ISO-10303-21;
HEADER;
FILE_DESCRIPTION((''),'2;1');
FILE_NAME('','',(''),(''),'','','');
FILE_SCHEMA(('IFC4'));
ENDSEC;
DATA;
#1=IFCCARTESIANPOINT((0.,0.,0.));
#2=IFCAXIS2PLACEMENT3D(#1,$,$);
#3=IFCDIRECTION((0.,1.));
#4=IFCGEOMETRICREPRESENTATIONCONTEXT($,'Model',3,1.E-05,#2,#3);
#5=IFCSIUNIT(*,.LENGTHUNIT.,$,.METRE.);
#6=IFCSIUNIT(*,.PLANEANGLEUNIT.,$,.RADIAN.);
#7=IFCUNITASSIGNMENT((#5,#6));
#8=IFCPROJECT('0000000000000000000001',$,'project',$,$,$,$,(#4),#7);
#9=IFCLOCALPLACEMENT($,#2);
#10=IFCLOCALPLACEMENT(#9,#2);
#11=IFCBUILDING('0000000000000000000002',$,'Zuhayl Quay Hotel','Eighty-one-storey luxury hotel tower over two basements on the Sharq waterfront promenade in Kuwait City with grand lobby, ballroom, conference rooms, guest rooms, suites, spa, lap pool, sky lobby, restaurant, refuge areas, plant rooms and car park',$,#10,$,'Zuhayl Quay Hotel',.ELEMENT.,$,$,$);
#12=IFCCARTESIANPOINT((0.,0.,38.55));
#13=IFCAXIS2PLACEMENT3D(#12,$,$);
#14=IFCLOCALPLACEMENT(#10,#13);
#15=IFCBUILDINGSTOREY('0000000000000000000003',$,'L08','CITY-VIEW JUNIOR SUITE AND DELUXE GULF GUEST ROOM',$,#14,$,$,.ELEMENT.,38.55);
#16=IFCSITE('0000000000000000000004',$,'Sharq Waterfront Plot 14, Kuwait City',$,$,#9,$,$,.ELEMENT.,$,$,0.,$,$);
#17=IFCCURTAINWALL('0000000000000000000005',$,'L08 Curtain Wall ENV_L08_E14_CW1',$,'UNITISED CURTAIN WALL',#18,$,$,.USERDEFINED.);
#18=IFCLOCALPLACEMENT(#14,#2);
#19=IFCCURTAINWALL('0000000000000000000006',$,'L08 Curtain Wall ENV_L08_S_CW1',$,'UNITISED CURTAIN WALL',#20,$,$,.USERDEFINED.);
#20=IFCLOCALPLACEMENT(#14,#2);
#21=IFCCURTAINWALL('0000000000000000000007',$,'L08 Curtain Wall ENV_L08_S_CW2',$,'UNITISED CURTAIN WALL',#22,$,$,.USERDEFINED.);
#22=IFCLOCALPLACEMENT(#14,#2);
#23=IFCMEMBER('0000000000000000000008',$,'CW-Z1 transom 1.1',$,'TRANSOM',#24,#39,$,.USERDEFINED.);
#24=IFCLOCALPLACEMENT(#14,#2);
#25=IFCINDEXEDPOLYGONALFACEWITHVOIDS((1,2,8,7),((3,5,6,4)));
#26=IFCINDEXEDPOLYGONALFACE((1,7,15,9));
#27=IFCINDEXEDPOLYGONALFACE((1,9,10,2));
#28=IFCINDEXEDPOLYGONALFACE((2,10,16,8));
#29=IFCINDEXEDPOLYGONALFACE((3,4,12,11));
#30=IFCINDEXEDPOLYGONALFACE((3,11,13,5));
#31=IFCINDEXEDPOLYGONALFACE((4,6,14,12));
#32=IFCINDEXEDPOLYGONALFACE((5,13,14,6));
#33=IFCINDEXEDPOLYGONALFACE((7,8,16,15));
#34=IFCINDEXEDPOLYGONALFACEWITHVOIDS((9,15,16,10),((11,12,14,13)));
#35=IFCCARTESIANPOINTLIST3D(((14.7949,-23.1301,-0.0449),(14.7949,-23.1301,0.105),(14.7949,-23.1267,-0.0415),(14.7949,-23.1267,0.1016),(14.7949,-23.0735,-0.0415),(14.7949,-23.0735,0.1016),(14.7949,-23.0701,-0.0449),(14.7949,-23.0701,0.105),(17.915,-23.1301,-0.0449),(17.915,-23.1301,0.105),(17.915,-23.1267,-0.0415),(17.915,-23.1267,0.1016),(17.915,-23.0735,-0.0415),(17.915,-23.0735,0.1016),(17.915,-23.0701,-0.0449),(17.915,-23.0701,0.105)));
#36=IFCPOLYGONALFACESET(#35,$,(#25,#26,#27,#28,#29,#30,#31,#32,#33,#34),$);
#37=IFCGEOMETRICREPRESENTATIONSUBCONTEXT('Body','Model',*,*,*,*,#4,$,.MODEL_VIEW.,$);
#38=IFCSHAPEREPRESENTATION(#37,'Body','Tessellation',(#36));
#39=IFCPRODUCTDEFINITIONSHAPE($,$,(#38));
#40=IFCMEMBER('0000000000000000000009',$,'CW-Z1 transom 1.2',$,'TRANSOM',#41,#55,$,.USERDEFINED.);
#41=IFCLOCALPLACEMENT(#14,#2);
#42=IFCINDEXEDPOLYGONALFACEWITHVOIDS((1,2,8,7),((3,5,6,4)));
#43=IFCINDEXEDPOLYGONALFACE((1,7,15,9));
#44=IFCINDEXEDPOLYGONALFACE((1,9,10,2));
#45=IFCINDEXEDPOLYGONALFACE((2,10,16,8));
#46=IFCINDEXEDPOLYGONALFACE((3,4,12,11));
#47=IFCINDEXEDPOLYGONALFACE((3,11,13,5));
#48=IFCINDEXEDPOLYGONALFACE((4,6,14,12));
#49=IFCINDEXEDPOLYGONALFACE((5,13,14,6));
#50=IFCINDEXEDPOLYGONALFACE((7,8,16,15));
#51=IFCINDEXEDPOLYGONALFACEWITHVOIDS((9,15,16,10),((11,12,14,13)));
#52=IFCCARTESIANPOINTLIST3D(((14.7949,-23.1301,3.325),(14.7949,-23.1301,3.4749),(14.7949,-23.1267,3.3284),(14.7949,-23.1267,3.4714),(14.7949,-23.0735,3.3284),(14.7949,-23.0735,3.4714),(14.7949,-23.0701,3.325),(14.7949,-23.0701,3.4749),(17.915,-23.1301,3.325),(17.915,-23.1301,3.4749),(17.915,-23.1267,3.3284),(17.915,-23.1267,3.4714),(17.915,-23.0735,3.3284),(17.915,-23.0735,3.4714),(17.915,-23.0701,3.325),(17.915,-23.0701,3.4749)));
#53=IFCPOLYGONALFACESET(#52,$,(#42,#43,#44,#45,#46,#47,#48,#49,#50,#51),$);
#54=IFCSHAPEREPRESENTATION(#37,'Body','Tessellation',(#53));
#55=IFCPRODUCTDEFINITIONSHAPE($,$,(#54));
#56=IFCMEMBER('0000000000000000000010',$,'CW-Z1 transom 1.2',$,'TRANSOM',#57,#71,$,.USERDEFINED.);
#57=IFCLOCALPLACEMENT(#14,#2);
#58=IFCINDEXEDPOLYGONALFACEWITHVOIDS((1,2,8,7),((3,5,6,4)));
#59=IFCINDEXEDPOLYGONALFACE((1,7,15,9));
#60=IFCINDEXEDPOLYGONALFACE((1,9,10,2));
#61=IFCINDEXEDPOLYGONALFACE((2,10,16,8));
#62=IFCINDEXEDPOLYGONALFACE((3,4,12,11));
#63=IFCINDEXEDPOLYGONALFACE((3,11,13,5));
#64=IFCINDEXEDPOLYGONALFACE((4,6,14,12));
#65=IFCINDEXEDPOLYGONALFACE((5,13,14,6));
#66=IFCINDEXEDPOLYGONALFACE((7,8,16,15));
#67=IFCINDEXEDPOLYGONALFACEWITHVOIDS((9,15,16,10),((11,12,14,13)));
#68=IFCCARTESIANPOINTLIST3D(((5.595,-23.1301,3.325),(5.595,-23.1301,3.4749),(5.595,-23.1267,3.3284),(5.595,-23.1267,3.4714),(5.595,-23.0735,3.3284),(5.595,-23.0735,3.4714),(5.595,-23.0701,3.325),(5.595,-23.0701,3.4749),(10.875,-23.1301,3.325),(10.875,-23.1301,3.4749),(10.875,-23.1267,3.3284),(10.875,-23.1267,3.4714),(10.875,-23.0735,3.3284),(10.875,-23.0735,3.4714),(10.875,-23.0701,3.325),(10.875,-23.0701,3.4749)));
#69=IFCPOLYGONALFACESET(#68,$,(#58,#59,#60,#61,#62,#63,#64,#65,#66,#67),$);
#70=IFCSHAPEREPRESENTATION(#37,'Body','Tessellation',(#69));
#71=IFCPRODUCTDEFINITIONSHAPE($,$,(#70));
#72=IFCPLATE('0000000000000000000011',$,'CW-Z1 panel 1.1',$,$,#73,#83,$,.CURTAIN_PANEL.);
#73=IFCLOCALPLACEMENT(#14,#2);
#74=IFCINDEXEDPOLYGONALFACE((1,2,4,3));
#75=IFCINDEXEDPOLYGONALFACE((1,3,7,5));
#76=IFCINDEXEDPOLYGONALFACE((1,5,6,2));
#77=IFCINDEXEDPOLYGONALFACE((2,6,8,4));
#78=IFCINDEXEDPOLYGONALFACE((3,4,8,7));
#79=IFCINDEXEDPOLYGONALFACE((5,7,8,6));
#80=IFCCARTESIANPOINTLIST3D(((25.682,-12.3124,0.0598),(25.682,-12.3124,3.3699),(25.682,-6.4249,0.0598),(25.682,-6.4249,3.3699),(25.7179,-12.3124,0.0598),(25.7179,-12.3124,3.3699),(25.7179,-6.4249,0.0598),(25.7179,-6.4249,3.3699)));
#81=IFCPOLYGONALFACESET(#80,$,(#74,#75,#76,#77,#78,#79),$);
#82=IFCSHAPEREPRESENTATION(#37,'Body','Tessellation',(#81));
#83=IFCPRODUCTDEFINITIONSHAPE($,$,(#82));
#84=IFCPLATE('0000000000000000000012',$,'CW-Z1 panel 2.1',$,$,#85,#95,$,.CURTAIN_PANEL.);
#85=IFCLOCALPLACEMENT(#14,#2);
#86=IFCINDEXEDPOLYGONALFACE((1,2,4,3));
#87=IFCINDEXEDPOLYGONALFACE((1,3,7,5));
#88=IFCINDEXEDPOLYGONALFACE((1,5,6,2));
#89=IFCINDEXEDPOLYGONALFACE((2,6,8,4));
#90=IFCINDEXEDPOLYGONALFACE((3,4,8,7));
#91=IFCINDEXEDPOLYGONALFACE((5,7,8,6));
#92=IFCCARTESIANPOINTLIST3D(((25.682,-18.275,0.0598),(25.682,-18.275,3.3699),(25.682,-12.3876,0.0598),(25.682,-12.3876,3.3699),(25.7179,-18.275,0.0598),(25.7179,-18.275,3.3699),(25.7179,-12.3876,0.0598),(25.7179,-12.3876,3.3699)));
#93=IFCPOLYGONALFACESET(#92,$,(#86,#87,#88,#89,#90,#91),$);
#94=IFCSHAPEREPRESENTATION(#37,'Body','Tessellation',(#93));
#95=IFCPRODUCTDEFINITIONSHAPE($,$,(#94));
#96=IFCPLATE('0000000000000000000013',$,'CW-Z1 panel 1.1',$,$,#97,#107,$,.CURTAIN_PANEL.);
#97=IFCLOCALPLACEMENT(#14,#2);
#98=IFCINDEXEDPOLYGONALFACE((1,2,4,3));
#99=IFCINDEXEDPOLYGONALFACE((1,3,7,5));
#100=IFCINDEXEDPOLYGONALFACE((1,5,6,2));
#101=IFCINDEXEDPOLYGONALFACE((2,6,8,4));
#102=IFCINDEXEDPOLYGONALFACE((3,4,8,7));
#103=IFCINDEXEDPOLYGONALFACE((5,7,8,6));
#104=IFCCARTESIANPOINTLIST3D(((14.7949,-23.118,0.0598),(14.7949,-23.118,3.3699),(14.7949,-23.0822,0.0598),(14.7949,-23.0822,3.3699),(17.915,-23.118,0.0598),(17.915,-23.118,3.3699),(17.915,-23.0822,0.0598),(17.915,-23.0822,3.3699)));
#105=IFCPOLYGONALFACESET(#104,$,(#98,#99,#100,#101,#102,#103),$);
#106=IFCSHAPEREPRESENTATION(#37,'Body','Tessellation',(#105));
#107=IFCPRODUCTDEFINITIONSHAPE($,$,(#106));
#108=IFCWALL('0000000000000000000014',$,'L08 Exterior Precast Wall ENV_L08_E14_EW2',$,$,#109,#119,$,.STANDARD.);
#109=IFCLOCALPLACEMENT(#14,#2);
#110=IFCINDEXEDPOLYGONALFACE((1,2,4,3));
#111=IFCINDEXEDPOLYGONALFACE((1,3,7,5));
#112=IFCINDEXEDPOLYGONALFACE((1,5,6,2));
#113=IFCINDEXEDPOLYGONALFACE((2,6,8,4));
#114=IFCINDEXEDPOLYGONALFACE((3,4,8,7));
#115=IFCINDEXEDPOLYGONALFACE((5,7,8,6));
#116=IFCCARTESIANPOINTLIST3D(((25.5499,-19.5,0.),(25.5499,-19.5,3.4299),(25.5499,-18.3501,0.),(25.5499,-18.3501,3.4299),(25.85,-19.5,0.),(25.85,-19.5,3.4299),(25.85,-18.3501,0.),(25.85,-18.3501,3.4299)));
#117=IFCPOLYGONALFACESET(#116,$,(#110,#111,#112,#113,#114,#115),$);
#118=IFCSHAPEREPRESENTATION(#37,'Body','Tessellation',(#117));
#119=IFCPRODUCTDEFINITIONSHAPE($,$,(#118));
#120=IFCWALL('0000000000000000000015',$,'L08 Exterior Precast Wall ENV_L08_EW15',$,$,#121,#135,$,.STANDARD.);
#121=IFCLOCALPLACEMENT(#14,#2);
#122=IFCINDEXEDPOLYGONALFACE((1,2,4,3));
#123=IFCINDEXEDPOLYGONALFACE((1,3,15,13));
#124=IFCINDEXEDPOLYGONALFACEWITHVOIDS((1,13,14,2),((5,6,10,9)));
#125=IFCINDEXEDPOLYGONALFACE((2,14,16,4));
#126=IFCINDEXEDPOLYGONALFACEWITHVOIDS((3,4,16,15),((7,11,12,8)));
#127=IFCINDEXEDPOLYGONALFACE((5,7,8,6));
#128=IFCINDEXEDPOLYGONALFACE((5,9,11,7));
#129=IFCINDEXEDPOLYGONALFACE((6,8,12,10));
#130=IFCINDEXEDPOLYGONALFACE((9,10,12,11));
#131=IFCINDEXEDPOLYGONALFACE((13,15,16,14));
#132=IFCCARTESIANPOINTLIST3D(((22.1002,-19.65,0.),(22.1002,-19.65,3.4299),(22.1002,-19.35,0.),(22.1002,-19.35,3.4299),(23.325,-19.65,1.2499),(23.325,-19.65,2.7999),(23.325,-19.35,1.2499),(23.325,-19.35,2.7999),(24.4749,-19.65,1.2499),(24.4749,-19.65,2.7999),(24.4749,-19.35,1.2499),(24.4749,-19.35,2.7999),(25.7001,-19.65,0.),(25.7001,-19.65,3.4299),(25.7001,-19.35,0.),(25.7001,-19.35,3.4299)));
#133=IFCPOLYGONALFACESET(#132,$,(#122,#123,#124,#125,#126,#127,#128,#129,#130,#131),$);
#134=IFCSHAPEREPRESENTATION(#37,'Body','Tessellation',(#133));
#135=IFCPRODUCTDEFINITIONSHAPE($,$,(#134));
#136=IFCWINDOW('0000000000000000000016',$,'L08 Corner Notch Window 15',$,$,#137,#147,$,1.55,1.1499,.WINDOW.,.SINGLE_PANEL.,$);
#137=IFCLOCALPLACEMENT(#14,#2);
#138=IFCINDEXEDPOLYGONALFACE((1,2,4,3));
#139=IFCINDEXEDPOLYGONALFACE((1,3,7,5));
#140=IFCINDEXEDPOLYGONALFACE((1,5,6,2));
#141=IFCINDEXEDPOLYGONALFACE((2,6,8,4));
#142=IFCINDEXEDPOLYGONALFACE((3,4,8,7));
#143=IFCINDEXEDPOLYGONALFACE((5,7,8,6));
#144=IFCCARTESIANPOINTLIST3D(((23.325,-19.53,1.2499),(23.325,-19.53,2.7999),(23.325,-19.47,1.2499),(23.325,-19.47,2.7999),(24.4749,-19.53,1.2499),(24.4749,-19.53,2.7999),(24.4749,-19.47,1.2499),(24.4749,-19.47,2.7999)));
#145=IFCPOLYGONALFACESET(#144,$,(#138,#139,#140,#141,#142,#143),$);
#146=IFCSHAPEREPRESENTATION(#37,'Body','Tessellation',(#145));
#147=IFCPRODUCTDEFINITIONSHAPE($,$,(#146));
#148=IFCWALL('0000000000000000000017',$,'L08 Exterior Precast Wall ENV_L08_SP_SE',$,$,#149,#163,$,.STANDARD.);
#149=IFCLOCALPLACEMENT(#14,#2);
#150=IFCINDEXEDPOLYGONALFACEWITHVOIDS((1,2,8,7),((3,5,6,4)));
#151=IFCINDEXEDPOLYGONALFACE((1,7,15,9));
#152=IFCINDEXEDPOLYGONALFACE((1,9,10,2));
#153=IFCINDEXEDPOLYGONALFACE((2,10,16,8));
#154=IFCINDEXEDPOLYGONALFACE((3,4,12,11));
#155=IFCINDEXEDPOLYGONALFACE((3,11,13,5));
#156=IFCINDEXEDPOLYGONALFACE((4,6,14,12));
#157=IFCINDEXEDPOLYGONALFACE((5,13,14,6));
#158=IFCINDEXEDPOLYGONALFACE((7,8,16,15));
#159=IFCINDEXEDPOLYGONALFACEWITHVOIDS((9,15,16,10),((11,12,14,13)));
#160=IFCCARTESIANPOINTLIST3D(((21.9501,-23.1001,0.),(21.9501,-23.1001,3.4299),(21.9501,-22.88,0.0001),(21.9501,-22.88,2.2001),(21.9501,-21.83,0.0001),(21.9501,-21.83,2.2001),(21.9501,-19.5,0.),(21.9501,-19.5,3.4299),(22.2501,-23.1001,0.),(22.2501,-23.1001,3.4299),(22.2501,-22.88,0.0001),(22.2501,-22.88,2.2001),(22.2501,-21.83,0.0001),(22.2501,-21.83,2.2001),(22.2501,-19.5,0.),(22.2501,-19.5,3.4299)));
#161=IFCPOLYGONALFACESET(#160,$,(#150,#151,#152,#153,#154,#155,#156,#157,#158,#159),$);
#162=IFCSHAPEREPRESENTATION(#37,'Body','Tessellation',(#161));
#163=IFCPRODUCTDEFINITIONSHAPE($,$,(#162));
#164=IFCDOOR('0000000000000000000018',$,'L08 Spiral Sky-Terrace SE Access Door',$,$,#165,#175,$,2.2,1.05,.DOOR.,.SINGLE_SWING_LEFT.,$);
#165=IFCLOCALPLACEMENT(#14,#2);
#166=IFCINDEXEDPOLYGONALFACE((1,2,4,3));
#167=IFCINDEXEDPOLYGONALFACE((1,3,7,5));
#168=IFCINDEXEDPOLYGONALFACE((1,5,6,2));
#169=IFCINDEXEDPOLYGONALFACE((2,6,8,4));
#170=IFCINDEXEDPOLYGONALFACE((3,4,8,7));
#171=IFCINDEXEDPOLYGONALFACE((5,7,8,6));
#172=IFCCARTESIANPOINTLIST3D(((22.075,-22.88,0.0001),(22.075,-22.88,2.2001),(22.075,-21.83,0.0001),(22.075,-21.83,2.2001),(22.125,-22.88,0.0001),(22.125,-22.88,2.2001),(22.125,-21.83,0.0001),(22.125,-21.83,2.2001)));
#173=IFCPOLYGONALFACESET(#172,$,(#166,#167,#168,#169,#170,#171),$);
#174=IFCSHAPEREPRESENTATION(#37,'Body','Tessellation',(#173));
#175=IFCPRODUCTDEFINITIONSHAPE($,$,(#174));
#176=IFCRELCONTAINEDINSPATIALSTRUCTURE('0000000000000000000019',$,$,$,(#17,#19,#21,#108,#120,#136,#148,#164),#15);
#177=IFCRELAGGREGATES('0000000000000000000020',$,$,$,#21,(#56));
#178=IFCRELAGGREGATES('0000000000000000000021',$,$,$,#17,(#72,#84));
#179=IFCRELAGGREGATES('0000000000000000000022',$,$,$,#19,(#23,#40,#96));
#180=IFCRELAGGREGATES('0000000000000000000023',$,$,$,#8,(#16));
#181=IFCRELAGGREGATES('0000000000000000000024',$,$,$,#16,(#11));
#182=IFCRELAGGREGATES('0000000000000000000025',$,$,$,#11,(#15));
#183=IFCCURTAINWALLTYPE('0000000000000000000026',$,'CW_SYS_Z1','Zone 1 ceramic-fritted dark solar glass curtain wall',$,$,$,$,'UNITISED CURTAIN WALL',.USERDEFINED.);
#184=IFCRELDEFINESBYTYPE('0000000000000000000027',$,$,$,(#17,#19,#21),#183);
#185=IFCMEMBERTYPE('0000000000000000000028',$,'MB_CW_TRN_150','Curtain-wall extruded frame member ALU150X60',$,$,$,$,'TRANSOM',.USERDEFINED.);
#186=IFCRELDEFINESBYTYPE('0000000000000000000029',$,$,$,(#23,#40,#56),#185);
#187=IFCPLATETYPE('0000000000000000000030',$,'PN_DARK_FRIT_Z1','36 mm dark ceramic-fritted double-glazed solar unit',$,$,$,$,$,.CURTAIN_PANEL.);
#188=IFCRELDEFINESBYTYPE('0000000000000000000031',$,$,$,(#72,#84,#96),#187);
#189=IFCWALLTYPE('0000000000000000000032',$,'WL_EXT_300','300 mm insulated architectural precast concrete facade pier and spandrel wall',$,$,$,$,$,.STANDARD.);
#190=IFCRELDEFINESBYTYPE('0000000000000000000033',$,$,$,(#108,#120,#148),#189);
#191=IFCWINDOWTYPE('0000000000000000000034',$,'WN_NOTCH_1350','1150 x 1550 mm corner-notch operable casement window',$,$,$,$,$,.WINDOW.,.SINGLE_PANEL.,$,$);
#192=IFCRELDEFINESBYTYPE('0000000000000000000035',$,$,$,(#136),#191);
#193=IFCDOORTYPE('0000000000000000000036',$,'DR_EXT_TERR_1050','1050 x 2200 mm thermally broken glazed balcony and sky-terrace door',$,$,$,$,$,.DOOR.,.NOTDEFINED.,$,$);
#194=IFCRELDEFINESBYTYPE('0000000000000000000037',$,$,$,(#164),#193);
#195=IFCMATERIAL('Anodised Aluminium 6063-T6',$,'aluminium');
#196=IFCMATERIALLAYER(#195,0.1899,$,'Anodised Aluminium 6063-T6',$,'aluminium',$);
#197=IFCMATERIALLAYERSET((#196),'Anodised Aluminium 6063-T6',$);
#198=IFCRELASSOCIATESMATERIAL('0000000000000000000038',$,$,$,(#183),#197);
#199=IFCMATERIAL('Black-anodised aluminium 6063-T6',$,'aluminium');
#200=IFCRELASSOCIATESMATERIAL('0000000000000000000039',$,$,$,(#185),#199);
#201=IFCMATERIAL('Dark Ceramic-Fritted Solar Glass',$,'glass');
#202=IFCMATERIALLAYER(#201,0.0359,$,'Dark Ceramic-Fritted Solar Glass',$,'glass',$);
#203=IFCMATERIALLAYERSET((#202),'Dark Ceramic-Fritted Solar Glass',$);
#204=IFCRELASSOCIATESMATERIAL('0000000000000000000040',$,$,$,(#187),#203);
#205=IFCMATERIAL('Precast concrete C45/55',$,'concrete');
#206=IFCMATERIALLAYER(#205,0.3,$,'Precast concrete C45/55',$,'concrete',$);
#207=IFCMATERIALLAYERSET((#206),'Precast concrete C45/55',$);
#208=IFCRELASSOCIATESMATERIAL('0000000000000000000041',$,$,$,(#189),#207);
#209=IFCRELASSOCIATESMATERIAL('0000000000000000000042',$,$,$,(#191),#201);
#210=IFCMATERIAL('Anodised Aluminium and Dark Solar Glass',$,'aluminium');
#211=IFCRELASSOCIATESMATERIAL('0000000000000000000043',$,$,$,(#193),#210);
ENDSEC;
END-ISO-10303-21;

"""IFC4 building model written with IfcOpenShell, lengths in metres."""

from ifc_helpers import new_model, si_unit, direction, frame, frame_2d, origin, origin_2d, place, context, subcontext, project, spatial, rectangle, hollow_rectangle, extrude, material, layer, layer_set, material_profile, profile_set, type_object, element, fill, aggregate, save


model = new_model("IFC4")

# Units and contexts
model_context = context("Model", 3, precision=1e-05, world=origin(), true_north=direction((0.0, 1.0)))
body_context = subcontext(model_context, "Body", "Model", "MODEL_VIEW")
ifc_project = project(units=[si_unit("LENGTHUNIT", "METRE"), si_unit("PLANEANGLEUNIT", "RADIAN")], contexts=[model_context])

# Site, building, storey
site_placement = place(None, origin())
site = spatial("IfcSite", under=ifc_project, at=site_placement, Name="Sharq Waterfront Plot 14, Kuwait City", CompositionType="ELEMENT", RefElevation=0.0)
building_placement = place(site_placement, origin())
building = spatial("IfcBuilding", under=site, at=building_placement, Name="Zuhayl Quay Hotel", Description="Eighty-one-storey luxury hotel tower over two basements on the Sharq waterfront promenade in Kuwait City with grand lobby, ballroom, conference rooms, guest rooms, suites, spa, lap pool, sky lobby, restaurant, refuge areas, plant rooms and car park", LongName="Zuhayl Quay Hotel", CompositionType="ELEMENT")
storey_placement = place(building_placement, frame((0.0, 0.0, 38.55)))
storey = spatial("IfcBuildingStorey", under=building, at=storey_placement, Name="L08", Description="CITY-VIEW JUNIOR SUITE AND DELUXE GULF GUEST ROOM", CompositionType="ELEMENT", Elevation=38.55)

# Curtain walls
ifc_material_1 = material(Name="Anodised Aluminium 6063-T6", Category="aluminium")
ifc_layer_1 = layer(ifc_material_1, 0.1899, Name="Anodised Aluminium 6063-T6", Category="aluminium")
ifc_layer_set_1 = layer_set([ifc_layer_1], Name="Anodised Aluminium 6063-T6")
curtain_wall_type = type_object("IfcCurtainWallType", Name="CW_SYS_Z1", Description="Zone 1 ceramic-fritted dark solar glass curtain wall", ElementType="UNITISED CURTAIN WALL", PredefinedType="USERDEFINED", material=ifc_layer_set_1)
curtain_wall_1_placement = place(storey_placement, origin())
curtain_wall_1 = element("IfcCurtainWall", 1, at=curtain_wall_1_placement, inside=storey, type_object=curtain_wall_type, Name="L08 Curtain Wall ENV_L08_E14_CW1", ObjectType="UNITISED CURTAIN WALL", PredefinedType="USERDEFINED")
ifc_material_2 = material(Name="Black-anodised aluminium 6063-T6", Category="aluminium")
curtain_wall_2_placement = place(storey_placement, origin())
curtain_wall_2 = element("IfcCurtainWall", 2, at=curtain_wall_2_placement, inside=storey, type_object=curtain_wall_type, Name="L08 Curtain Wall ENV_L08_S_CW1", ObjectType="UNITISED CURTAIN WALL", PredefinedType="USERDEFINED")

# Curtain wall
curtain_wall_3_placement = place(storey_placement, origin())
curtain_wall_3 = element("IfcCurtainWall", 3, at=curtain_wall_3_placement, inside=storey, type_object=curtain_wall_type, Name="L08 Curtain Wall ENV_L08_S_CW2", ObjectType="UNITISED CURTAIN WALL", PredefinedType="USERDEFINED")

# Members
ifc_material_profile_1 = material_profile(ifc_material_2, hollow_rectangle(XDim=0.0601, YDim=0.1499, WallThickness=0.0034, at=origin_2d()), Name="ALU150X60")
ifc_profile_set_1 = profile_set([ifc_material_profile_1], Name="Black-anodised aluminium 6063-T6")
member_type_1 = type_object("IfcMemberType", Name="MB_CW_TRN_150", Description="Curtain-wall extruded frame member ALU150X60", ElementType="TRANSOM", PredefinedType="USERDEFINED", material=ifc_profile_set_1)
member_1_placement = place(storey_placement, frame((17.915, -23.1001, 0.03), z_axis=(-1.0, 0.0, 0.0), x_axis=(0.0, -1.0, 0.0)))
member_1 = element("IfcMember", 4, at=member_1_placement, type_object=member_type_1, Name="CW-Z1 transom 1.1", ObjectType="TRANSOM", PredefinedType="USERDEFINED", context=body_context, shape_type="SweptSolid", body=[
    extrude(hollow_rectangle(XDim=0.0601, YDim=0.1499, WallThickness=0.0034, at=origin_2d()), origin(), (0.0, 0.0, 1.0), 3.1201),
])
member_2_placement = place(storey_placement, frame((17.915, -23.1001, 3.3999), z_axis=(-1.0, 0.0, 0.0), x_axis=(0.0, -1.0, 0.0)))
member_2 = element("IfcMember", 5, at=member_2_placement, type_object=member_type_1, Name="CW-Z1 transom 1.2", ObjectType="TRANSOM", PredefinedType="USERDEFINED", context=body_context, shape_type="SweptSolid", body=[
    extrude(hollow_rectangle(XDim=0.0601, YDim=0.1499, WallThickness=0.0034, at=origin_2d()), origin(), (0.0, 0.0, 1.0), 3.1201),
])
member_3_placement = place(storey_placement, frame((10.875, -23.1001, 3.3999), z_axis=(-1.0, 0.0, 0.0), x_axis=(0.0, -1.0, 0.0)))
member_3 = element("IfcMember", 6, at=member_3_placement, type_object=member_type_1, Name="CW-Z1 transom 1.2", ObjectType="TRANSOM", PredefinedType="USERDEFINED", context=body_context, shape_type="SweptSolid", body=[
    extrude(hollow_rectangle(XDim=0.0601, YDim=0.1499, WallThickness=0.0034, at=origin_2d()), origin(), (0.0, 0.0, 1.0), 5.28),
])
aggregate(curtain_wall_3, [member_3])

# Plates
ifc_material_3 = material(Name="Dark Ceramic-Fritted Solar Glass", Category="glass")
ifc_layer_2 = layer(ifc_material_3, 0.0359, Name="Dark Ceramic-Fritted Solar Glass", Category="glass")
ifc_layer_set_2 = layer_set([ifc_layer_2], Name="Dark Ceramic-Fritted Solar Glass")
plate_type = type_object("IfcPlateType", Name="PN_DARK_FRIT_Z1", Description="36 mm dark ceramic-fritted double-glazed solar unit", PredefinedType="CURTAIN_PANEL", material=ifc_layer_set_2)
plate_1_placement = place(storey_placement, frame((25.7, -9.3687, 0.0598), z_axis=(0.0, 0.0, 1.0), x_axis=(0.0, -1.0, 0.0)))
plate_1 = element("IfcPlate", 7, at=plate_1_placement, type_object=plate_type, Name="CW-Z1 panel 1.1", PredefinedType="CURTAIN_PANEL", context=body_context, shape_type="SweptSolid", body=[
    extrude(rectangle(XDim=5.8875, YDim=0.0359, at=origin_2d()), origin(), (0.0, 0.0, 1.0), 3.3101),
])
plate_2_placement = place(storey_placement, frame((25.7, -15.3313, 0.0598), z_axis=(0.0, 0.0, 1.0), x_axis=(0.0, -1.0, 0.0)))
plate_2 = element("IfcPlate", 8, at=plate_2_placement, type_object=plate_type, Name="CW-Z1 panel 2.1", PredefinedType="CURTAIN_PANEL", context=body_context, shape_type="SweptSolid", body=[
    extrude(rectangle(XDim=5.8875, YDim=0.0359, at=origin_2d()), origin(), (0.0, 0.0, 1.0), 3.3101),
])
aggregate(curtain_wall_1, [plate_1, plate_2])
plate_3_placement = place(storey_placement, frame((16.355, -23.1001, 0.0598), z_axis=(0.0, 0.0, 1.0), x_axis=(-1.0, 0.0, 0.0)))
plate_3 = element("IfcPlate", 9, at=plate_3_placement, type_object=plate_type, Name="CW-Z1 panel 1.1", PredefinedType="CURTAIN_PANEL", context=body_context, shape_type="SweptSolid", body=[
    extrude(rectangle(XDim=3.1201, YDim=0.0359, at=origin_2d()), origin(), (0.0, 0.0, 1.0), 3.3101),
])
aggregate(curtain_wall_2, [member_1, member_2, plate_3])

# Wall
ifc_material_4 = material(Name="Precast concrete C45/55", Category="concrete")
ifc_layer_3 = layer(ifc_material_4, 0.3, Name="Precast concrete C45/55", Category="concrete")
ifc_layer_set_3 = layer_set([ifc_layer_3], Name="Precast concrete C45/55")
wall_type_1 = type_object("IfcWallType", Name="WL_EXT_300", Description="300 mm insulated architectural precast concrete facade pier and spandrel wall", PredefinedType="STANDARD", material=ifc_layer_set_3)
wall_1_placement = place(storey_placement, frame((25.7, -18.3501, 0.0), z_axis=(0.0, 0.0, 1.0), x_axis=(0.0, -1.0, 0.0)))
element("IfcWall", 10, at=wall_1_placement, inside=storey, type_object=wall_type_1, Name="L08 Exterior Precast Wall ENV_L08_E14_EW2", PredefinedType="STANDARD", context=body_context, shape_type="SweptSolid", body=[
    extrude(rectangle(XDim=1.1499, YDim=0.3, at=frame_2d((0.575, 0.0))), origin(), (0.0, 0.0, 1.0), 3.4299),
])

# Wall, opening, window
wall_2_placement = place(storey_placement, frame((25.7, -19.5, 0.0), z_axis=(0.0, 0.0, 1.0), x_axis=(-1.0, 0.0, 0.0)))
wall_2 = element("IfcWall", 11, at=wall_2_placement, inside=storey, type_object=wall_type_1, Name="L08 Exterior Precast Wall ENV_L08_EW15", PredefinedType="STANDARD", context=body_context, shape_type="SweptSolid", body=[
    extrude(rectangle(XDim=3.5999, YDim=0.3, at=frame_2d((1.7998, 0.0))), origin(), (0.0, 0.0, 1.0), 3.4299),
])
opening_1_placement = place(wall_2_placement, frame((1.2251, 0.0, 1.25)))
opening_1 = element("IfcOpeningElement", 12, at=opening_1_placement, cuts=wall_2, PredefinedType="OPENING", context=body_context, shape_type="SweptSolid", body=[
    extrude(rectangle(XDim=1.1499, YDim=1.55, at=frame_2d((0.575, 0.7749))), frame((0.0, 0.1599, 0.0), z_axis=(0.0, -1.0, 0.0), x_axis=(1.0, 0.0, 0.0)), (0.0, 0.0, 1.0), 0.3201),
])
window_type_1 = type_object("IfcWindowType", Name="WN_NOTCH_1350", Description="1150 x 1550 mm corner-notch operable casement window", PartitioningType="SINGLE_PANEL", PredefinedType="WINDOW", material=ifc_material_3)
window_1_placement = place(opening_1_placement, origin())
window_1 = element("IfcWindow", 13, at=window_1_placement, inside=storey, type_object=window_type_1, Name="L08 Corner Notch Window 15", OverallHeight=1.55, OverallWidth=1.1499, PartitioningType="SINGLE_PANEL", PredefinedType="WINDOW", context=body_context, shape_type="SweptSolid", body=[
    extrude(rectangle(XDim=1.1499, YDim=1.55, at=frame_2d((0.575, 0.7749))), frame((0.0, 0.03, 0.0), z_axis=(0.0, -1.0, 0.0), x_axis=(1.0, 0.0, 0.0)), (0.0, 0.0, 1.0), 0.0601),
])
fill(opening_1, window_1)

# Wall, opening, door
wall_3_placement = place(storey_placement, frame((22.1001, -19.5, 0.0), z_axis=(0.0, 0.0, 1.0), x_axis=(0.0, -1.0, 0.0)))
wall_3 = element("IfcWall", 14, at=wall_3_placement, inside=storey, type_object=wall_type_1, Name="L08 Exterior Precast Wall ENV_L08_SP_SE", PredefinedType="STANDARD", context=body_context, shape_type="SweptSolid", body=[
    extrude(rectangle(XDim=3.6001, YDim=0.3, at=frame_2d((1.8, 0.0))), origin(), (0.0, 0.0, 1.0), 3.4299),
])
opening_2_placement = place(wall_3_placement, frame((2.3301, 0.0, 0.0)))
opening_2 = element("IfcOpeningElement", 15, at=opening_2_placement, cuts=wall_3, PredefinedType="OPENING", context=body_context, shape_type="SweptSolid", body=[
    extrude(rectangle(XDim=1.05, YDim=2.2, at=frame_2d((0.5249, 1.1001))), frame((0.0, 0.1599, 0.0), z_axis=(0.0, -1.0, 0.0), x_axis=(1.0, 0.0, 0.0)), (0.0, 0.0, 1.0), 0.3201),
])
ifc_material_5 = material(Name="Anodised Aluminium and Dark Solar Glass", Category="aluminium")
door_type = type_object("IfcDoorType", Name="DR_EXT_TERR_1050", Description="1050 x 2200 mm thermally broken glazed balcony and sky-terrace door", OperationType="NOTDEFINED", PredefinedType="DOOR", material=ifc_material_5)
door_placement = place(opening_2_placement, origin())
door = element("IfcDoor", 16, at=door_placement, inside=storey, type_object=door_type, Name="L08 Spiral Sky-Terrace SE Access Door", OperationType="SINGLE_SWING_LEFT", OverallHeight=2.2, OverallWidth=1.05, PredefinedType="DOOR", context=body_context, shape_type="SweptSolid", body=[
    extrude(rectangle(XDim=1.05, YDim=2.2, at=frame_2d((0.5249, 1.1001))), frame((0.0, 0.0249, 0.0), z_axis=(0.0, -1.0, 0.0), x_axis=(1.0, 0.0, 0.0)), (0.0, 0.0, 1.0), 0.05),
])
fill(opening_2, door)

save(model, "model.ifc")
